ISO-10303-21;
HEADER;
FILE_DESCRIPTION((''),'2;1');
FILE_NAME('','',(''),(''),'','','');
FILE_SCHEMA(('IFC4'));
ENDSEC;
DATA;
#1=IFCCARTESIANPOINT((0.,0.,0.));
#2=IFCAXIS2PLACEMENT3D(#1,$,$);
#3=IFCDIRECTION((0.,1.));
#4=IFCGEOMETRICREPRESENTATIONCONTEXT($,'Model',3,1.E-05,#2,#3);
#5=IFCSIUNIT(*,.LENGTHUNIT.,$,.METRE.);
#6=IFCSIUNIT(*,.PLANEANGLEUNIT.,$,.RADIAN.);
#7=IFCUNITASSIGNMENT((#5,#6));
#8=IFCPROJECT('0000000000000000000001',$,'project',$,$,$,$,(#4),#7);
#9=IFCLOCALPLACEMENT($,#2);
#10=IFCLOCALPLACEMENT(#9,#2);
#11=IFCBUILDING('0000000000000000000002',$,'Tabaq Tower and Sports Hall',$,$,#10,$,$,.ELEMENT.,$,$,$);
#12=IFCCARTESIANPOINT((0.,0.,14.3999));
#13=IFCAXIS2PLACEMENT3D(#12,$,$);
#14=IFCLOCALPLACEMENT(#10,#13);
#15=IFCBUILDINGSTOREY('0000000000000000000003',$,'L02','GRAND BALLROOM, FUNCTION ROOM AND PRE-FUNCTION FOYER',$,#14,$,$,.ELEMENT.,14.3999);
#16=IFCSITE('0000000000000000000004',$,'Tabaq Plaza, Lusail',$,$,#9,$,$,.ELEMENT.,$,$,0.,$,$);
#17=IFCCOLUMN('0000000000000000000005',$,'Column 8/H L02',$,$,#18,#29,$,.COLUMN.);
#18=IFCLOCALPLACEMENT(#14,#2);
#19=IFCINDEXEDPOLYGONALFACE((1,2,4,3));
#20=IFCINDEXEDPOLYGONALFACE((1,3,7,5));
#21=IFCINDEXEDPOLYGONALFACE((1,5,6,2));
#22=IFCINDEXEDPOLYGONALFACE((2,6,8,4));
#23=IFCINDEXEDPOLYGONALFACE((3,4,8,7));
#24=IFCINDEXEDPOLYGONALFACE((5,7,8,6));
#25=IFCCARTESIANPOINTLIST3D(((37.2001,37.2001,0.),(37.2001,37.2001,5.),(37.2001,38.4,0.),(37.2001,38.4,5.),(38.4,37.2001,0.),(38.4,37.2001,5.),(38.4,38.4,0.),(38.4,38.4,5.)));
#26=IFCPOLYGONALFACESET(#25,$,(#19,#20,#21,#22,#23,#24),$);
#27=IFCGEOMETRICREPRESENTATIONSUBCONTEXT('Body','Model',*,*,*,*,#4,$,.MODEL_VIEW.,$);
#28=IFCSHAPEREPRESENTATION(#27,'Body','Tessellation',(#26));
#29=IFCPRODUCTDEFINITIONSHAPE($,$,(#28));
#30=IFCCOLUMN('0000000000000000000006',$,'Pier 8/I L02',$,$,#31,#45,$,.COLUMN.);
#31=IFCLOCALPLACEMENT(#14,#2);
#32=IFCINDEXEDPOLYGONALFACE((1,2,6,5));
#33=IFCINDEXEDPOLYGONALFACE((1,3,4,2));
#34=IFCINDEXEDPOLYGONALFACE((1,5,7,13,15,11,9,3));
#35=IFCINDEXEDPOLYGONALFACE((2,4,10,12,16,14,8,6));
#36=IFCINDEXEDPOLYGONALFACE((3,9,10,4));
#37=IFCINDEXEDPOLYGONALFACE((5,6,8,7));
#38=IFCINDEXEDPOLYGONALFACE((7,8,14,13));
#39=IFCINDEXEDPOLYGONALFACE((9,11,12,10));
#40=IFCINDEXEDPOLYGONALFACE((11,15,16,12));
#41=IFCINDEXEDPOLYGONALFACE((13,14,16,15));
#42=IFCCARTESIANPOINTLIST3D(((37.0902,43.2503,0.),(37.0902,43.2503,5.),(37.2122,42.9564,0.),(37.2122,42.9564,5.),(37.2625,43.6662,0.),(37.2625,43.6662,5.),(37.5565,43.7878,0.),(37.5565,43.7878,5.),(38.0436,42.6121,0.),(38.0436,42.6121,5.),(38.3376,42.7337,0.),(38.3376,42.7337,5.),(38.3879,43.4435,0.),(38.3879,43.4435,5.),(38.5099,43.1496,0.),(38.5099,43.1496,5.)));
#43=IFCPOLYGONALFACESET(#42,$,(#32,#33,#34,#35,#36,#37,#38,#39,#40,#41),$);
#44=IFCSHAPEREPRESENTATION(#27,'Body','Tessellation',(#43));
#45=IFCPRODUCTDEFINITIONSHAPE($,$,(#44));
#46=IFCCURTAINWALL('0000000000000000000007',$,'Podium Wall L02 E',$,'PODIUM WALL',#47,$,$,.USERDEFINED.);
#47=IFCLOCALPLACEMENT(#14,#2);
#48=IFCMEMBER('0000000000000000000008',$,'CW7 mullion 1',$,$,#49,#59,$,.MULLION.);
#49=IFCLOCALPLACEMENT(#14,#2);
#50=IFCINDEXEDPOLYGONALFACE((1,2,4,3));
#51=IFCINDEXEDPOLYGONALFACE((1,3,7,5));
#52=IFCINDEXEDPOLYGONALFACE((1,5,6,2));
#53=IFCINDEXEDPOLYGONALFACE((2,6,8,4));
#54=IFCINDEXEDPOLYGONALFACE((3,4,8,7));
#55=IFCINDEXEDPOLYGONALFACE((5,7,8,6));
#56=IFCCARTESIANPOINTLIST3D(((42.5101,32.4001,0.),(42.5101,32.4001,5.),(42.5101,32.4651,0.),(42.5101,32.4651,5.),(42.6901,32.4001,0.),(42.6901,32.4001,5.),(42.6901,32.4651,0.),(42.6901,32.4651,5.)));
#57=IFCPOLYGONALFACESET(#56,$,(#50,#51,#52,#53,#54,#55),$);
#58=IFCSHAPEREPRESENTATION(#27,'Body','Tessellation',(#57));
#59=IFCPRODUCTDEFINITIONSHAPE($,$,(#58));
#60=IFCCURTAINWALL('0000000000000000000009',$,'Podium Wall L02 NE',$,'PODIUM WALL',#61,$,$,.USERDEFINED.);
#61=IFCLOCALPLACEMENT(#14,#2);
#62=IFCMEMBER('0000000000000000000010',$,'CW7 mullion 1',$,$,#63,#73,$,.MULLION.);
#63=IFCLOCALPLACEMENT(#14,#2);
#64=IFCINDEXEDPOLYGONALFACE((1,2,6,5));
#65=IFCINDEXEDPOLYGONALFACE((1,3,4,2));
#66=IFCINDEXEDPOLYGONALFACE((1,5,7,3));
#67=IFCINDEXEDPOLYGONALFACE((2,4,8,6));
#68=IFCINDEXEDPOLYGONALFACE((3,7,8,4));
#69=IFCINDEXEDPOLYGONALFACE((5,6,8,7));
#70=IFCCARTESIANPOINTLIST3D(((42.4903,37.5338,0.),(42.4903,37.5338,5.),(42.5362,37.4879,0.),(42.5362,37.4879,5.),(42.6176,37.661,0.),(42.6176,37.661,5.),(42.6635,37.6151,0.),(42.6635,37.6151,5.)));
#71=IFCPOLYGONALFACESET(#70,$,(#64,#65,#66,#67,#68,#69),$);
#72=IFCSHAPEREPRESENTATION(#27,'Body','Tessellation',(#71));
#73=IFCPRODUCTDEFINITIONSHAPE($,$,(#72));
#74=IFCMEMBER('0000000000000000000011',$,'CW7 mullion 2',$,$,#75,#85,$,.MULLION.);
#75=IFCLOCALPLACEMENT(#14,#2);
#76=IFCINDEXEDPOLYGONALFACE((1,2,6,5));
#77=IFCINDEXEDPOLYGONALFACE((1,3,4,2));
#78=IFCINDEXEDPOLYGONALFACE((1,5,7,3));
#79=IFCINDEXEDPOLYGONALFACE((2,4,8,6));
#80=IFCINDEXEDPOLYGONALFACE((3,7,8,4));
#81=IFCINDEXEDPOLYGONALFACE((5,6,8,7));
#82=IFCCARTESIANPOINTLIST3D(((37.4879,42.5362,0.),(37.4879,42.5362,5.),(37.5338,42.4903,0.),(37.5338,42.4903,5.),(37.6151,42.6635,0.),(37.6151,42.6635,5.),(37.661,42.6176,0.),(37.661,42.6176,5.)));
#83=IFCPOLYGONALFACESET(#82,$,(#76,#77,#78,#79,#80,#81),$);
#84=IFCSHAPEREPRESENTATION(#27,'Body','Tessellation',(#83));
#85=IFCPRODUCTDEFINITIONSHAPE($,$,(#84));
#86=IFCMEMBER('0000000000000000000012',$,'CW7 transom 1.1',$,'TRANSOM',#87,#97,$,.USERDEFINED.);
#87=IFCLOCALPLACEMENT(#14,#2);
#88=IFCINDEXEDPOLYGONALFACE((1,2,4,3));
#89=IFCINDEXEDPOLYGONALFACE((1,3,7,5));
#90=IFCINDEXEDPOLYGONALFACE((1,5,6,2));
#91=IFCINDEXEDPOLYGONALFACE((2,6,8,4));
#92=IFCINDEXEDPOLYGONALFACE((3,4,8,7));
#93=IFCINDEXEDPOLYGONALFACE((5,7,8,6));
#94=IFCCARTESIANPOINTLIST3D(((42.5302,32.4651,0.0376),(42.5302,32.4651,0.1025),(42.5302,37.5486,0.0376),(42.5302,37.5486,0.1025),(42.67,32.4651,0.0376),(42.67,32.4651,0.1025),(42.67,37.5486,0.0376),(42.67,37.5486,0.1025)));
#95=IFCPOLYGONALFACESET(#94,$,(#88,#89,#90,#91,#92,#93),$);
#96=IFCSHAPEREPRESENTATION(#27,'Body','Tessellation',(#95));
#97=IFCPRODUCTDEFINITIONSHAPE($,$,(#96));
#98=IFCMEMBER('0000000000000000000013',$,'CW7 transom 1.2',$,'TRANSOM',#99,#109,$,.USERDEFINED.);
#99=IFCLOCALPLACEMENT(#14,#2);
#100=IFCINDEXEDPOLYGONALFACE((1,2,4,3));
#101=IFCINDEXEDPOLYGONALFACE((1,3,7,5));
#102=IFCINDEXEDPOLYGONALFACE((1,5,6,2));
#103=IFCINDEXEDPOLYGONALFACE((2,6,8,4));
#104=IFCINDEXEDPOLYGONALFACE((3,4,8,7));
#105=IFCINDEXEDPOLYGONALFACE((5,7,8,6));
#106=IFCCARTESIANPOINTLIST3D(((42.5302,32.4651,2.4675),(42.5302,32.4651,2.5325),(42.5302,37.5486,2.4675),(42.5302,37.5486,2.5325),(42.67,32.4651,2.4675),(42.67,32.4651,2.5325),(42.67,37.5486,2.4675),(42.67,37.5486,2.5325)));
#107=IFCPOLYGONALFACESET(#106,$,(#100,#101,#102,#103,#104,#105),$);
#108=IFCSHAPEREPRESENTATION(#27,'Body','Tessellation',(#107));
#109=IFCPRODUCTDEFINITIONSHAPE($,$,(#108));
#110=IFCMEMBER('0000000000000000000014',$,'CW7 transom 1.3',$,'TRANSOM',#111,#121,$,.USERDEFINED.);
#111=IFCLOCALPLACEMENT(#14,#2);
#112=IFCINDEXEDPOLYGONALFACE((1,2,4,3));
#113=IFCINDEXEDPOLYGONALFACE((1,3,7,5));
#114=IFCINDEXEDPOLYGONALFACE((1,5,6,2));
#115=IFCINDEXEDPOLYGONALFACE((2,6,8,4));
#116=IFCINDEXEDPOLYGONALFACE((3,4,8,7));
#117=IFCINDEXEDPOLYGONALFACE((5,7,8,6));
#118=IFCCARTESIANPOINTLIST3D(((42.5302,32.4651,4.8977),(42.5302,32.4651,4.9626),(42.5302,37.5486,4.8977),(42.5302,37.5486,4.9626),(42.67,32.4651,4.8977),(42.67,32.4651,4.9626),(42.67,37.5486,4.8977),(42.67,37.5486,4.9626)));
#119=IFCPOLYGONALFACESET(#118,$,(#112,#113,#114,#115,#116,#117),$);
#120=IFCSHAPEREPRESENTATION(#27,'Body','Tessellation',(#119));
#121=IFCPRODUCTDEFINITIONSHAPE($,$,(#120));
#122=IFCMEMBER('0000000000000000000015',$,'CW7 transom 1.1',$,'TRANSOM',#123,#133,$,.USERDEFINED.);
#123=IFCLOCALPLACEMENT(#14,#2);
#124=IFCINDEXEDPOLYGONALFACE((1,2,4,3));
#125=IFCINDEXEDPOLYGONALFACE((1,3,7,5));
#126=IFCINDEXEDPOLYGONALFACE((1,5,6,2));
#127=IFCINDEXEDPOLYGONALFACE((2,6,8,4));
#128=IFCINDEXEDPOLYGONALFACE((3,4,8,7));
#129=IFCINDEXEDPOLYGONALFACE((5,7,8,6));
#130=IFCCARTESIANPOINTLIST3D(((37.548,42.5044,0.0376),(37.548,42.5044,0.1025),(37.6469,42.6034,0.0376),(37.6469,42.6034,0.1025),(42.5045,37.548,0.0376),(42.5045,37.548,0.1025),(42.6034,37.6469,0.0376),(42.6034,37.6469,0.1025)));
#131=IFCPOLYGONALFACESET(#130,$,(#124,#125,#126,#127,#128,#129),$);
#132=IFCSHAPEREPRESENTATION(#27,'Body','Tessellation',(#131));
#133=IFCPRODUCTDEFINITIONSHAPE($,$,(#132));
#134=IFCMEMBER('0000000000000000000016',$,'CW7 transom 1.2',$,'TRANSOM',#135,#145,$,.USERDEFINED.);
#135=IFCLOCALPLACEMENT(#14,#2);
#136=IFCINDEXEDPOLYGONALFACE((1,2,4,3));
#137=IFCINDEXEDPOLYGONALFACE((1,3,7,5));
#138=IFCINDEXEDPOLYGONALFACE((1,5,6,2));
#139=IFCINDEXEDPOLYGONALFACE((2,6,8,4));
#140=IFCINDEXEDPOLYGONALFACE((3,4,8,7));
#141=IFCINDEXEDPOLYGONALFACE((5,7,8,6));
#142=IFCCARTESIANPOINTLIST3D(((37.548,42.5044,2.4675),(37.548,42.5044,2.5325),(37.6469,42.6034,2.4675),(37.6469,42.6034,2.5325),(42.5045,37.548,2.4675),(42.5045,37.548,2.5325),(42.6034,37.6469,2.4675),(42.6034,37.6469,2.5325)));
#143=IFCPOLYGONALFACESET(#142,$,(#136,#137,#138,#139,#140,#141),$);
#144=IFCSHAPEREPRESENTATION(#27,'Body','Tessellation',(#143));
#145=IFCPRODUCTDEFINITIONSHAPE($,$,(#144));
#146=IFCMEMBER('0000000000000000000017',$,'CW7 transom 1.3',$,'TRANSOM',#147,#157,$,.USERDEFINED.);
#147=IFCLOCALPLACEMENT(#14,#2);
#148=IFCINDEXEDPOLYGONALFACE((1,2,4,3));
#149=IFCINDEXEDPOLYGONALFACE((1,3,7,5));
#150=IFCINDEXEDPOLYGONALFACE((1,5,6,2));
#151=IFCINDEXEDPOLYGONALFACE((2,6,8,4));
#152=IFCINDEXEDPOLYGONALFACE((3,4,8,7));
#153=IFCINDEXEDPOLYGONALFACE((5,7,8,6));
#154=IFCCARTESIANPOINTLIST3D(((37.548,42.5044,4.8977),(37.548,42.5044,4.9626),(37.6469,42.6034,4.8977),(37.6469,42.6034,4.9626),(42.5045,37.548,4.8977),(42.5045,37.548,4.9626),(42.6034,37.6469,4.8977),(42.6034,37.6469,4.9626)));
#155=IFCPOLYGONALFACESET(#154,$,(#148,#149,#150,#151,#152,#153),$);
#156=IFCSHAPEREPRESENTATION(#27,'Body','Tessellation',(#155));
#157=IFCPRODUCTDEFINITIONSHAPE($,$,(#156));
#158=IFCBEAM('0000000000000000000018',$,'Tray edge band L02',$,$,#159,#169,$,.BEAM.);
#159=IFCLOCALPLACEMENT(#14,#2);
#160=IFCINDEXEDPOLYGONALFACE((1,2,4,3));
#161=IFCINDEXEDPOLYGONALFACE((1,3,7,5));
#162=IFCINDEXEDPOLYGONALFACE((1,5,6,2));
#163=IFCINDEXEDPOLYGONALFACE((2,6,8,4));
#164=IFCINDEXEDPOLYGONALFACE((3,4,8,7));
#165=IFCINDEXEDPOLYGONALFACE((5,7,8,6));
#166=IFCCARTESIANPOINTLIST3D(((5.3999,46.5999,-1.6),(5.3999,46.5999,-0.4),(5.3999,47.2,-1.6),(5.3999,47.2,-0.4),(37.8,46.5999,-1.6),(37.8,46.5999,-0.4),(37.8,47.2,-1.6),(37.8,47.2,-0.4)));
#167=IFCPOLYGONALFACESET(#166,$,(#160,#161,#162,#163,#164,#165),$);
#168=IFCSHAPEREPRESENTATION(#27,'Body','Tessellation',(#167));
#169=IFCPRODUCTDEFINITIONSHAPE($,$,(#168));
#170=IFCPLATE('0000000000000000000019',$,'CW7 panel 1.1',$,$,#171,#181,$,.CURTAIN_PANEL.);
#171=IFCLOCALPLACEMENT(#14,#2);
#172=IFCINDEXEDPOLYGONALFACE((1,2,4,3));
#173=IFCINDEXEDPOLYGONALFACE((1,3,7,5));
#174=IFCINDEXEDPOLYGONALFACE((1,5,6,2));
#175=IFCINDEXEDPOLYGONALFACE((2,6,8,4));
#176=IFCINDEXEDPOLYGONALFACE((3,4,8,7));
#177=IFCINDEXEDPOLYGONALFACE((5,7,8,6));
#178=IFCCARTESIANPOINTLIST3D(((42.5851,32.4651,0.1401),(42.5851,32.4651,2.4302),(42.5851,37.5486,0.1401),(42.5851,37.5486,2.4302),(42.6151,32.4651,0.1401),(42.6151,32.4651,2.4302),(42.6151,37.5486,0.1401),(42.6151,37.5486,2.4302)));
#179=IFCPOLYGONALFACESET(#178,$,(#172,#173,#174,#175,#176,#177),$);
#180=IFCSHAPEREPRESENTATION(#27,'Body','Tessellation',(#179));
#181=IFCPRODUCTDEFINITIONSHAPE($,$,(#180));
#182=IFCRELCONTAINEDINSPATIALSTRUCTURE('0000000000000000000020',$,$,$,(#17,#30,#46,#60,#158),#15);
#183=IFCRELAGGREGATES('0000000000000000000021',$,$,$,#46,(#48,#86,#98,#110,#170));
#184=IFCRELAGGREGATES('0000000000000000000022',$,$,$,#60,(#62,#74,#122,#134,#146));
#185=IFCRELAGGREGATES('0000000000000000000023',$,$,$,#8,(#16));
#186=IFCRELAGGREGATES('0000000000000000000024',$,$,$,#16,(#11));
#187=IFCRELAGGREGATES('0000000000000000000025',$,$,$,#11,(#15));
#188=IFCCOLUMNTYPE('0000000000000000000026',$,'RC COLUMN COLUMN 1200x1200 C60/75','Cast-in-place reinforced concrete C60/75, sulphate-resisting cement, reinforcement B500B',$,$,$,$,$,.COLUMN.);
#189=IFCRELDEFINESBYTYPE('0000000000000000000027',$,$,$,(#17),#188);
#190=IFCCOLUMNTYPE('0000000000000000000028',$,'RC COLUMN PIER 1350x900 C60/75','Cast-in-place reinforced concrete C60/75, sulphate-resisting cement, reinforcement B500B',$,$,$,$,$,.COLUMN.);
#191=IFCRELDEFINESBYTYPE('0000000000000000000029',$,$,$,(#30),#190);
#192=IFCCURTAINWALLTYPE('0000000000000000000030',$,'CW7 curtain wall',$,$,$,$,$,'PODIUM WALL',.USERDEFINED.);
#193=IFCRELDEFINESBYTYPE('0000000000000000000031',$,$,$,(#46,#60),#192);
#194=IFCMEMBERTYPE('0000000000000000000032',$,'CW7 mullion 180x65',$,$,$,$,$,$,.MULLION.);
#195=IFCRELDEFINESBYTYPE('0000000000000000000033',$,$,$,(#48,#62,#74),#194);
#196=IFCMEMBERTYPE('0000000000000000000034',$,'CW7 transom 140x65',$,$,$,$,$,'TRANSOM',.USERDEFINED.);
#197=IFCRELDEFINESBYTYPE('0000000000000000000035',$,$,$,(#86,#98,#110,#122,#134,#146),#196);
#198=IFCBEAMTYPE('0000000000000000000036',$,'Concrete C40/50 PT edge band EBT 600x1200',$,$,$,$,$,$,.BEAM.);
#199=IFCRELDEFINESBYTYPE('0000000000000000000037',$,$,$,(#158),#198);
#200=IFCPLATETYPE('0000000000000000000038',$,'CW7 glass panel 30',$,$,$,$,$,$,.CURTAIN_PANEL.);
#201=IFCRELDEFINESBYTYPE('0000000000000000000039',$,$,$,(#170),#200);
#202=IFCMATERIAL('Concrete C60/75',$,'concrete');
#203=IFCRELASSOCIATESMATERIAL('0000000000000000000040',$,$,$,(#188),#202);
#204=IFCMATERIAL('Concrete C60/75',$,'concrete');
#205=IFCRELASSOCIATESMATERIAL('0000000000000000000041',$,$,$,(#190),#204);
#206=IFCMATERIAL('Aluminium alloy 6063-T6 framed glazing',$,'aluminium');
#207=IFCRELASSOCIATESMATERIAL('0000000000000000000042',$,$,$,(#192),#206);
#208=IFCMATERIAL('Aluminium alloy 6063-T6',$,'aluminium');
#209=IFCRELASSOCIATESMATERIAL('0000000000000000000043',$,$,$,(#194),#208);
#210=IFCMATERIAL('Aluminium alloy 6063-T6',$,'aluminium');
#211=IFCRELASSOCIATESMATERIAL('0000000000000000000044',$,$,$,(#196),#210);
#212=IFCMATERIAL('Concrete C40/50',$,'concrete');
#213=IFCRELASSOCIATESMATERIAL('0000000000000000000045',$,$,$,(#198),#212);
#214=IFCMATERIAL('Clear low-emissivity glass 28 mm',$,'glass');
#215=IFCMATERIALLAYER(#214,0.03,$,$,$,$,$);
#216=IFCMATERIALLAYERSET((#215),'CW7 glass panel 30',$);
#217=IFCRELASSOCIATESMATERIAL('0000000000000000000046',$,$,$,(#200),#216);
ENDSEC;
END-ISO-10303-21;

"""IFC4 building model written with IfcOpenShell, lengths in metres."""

from ifc_helpers import new_model, si_unit, direction, frame, origin, origin_2d, place, context, subcontext, project, spatial, polyline, rectangle, outline, extrude, material, layer, layer_set, material_profile, profile_set, type_object, element, aggregate, save


model = new_model("IFC4")

# Units and contexts
model_context = context("Model", 3, precision=1e-05, world=origin(), true_north=direction((0.0, 1.0)))
body_context = subcontext(model_context, "Body", "Model", "MODEL_VIEW")
ifc_project = project(units=[si_unit("LENGTHUNIT", "METRE"), si_unit("PLANEANGLEUNIT", "RADIAN")], contexts=[model_context])

# Site, building, storey
site_placement = place(None, origin())
site = spatial("IfcSite", under=ifc_project, at=site_placement, Name="Tabaq Plaza, Lusail", CompositionType="ELEMENT", RefElevation=0.0)
building_placement = place(site_placement, origin())
building = spatial("IfcBuilding", under=site, at=building_placement, Name="Tabaq Tower and Sports Hall", CompositionType="ELEMENT")
storey_placement = place(building_placement, frame((0.0, 0.0, 14.3999)))
storey = spatial("IfcBuildingStorey", under=building, at=storey_placement, Name="L02", Description="GRAND BALLROOM, FUNCTION ROOM AND PRE-FUNCTION FOYER", CompositionType="ELEMENT", Elevation=14.3999)

# Columns
ifc_material_1 = material(Name="Concrete C60/75", Category="concrete")
ifc_material_profile_1 = material_profile(ifc_material_1, rectangle(XDim=1.2, YDim=1.2, at=origin_2d()), Name="COLUMN 1200x1200")
ifc_profile_set_1 = profile_set([ifc_material_profile_1], Name="Concrete C60/75")
column_type_1 = type_object("IfcColumnType", Name="RC COLUMN COLUMN 1200x1200 C60/75", Description="Cast-in-place reinforced concrete C60/75, sulphate-resisting cement, reinforcement B500B", PredefinedType="COLUMN", material=ifc_profile_set_1)
column_1_placement = place(storey_placement, frame((37.8, 37.8, 0.0), z_axis=(0.0, 0.0, 1.0), x_axis=(1.0, 0.0, 0.0)))
element("IfcColumn", 1, at=column_1_placement, inside=storey, type_object=column_type_1, Name="Column 8/H L02", PredefinedType="COLUMN", context=body_context, shape_type="SweptSolid", body=[
    extrude(rectangle(XDim=1.2, YDim=1.2, at=origin_2d()), origin(), (0.0, 0.0, 1.0), 5.0),
])
ifc_material_2 = material(Name="Concrete C60/75", Category="concrete")
ifc_material_profile_2 = material_profile(ifc_material_2, outline(polyline([(-0.45, -0.45), (0.45, -0.45), (0.675, -0.2251), (0.675, 0.2251), (0.45, 0.45), (-0.45, 0.45), (-0.675, 0.2251), (-0.675, -0.2251), (-0.45, -0.45)])), Name="PIER 1350x900")
ifc_profile_set_2 = profile_set([ifc_material_profile_2], Name="Concrete C60/75")
column_type_2 = type_object("IfcColumnType", Name="RC COLUMN PIER 1350x900 C60/75", Description="Cast-in-place reinforced concrete C60/75, sulphate-resisting cement, reinforcement B500B", PredefinedType="COLUMN", material=ifc_profile_set_2)
column_2_placement = place(storey_placement, frame((37.8, 43.2, 0.0), z_axis=(0.0, 0.0, 1.0), x_axis=(-0.92388, 0.382683, 0.0)))
element("IfcColumn", 2, at=column_2_placement, inside=storey, type_object=column_type_2, Name="Pier 8/I L02", PredefinedType="COLUMN", context=body_context, shape_type="SweptSolid", body=[
    extrude(outline(polyline([(-0.45, -0.45), (0.45, -0.45), (0.675, -0.2251), (0.675, 0.2251), (0.45, 0.45), (-0.45, 0.45), (-0.675, 0.2251), (-0.675, -0.2251), (-0.45, -0.45)])), origin(), (0.0, 0.0, 1.0), 5.0),
])

# Curtain wall, member
ifc_material_3 = material(Name="Aluminium alloy 6063-T6 framed glazing", Category="aluminium")
curtain_wall_type = type_object("IfcCurtainWallType", Name="CW7 curtain wall", ElementType="PODIUM WALL", PredefinedType="USERDEFINED", material=ifc_material_3)
curtain_wall_1_placement = place(storey_placement, origin())
curtain_wall_1 = element("IfcCurtainWall", 3, at=curtain_wall_1_placement, inside=storey, type_object=curtain_wall_type, Name="Podium Wall L02 E", ObjectType="PODIUM WALL", PredefinedType="USERDEFINED")
ifc_material_4 = material(Name="Aluminium alloy 6063-T6", Category="aluminium")
ifc_material_profile_3 = material_profile(ifc_material_4, rectangle(XDim=0.1799, YDim=0.0649, at=origin_2d()), Name="MULLION 180x65")
ifc_profile_set_3 = profile_set([ifc_material_profile_3], Name="Aluminium alloy 6063-T6")
member_type_1 = type_object("IfcMemberType", Name="CW7 mullion 180x65", PredefinedType="MULLION", material=ifc_profile_set_3)
member_1_placement = place(storey_placement, frame((42.6001, 32.4326, 0.0), z_axis=(0.0, 0.0, 1.0), x_axis=(-1.0, 0.0, 0.0)))
member_1 = element("IfcMember", 4, at=member_1_placement, type_object=member_type_1, Name="CW7 mullion 1", PredefinedType="MULLION", context=body_context, shape_type="SweptSolid", body=[
    extrude(rectangle(XDim=0.1799, YDim=0.0649, at=origin_2d()), origin(), (0.0, 0.0, 1.0), 5.0),
])

# Curtain wall, members
curtain_wall_2_placement = place(storey_placement, origin())
curtain_wall_2 = element("IfcCurtainWall", 5, at=curtain_wall_2_placement, inside=storey, type_object=curtain_wall_type, Name="Podium Wall L02 NE", ObjectType="PODIUM WALL", PredefinedType="USERDEFINED")
member_2_placement = place(storey_placement, frame((42.5769, 37.5745, 0.0), z_axis=(0.0, 0.0, 1.0), x_axis=(-0.707107, -0.707107, 0.0)))
member_2 = element("IfcMember", 6, at=member_2_placement, type_object=member_type_1, Name="CW7 mullion 1", PredefinedType="MULLION", context=body_context, shape_type="SweptSolid", body=[
    extrude(rectangle(XDim=0.1799, YDim=0.0649, at=origin_2d()), origin(), (0.0, 0.0, 1.0), 5.0),
])
member_3_placement = place(storey_placement, frame((37.5745, 42.5769, 0.0), z_axis=(0.0, 0.0, 1.0), x_axis=(-0.707107, -0.707107, 0.0)))
member_3 = element("IfcMember", 7, at=member_3_placement, type_object=member_type_1, Name="CW7 mullion 2", PredefinedType="MULLION", context=body_context, shape_type="SweptSolid", body=[
    extrude(rectangle(XDim=0.1799, YDim=0.0649, at=origin_2d()), origin(), (0.0, 0.0, 1.0), 5.0),
])

# Members
ifc_material_5 = material(Name="Aluminium alloy 6063-T6", Category="aluminium")
ifc_material_profile_4 = material_profile(ifc_material_5, rectangle(XDim=0.1399, YDim=0.0649, at=origin_2d()), Name="TRANSOM 140x65")
ifc_profile_set_4 = profile_set([ifc_material_profile_4], Name="Aluminium alloy 6063-T6")
member_type_2 = type_object("IfcMemberType", Name="CW7 transom 140x65", ElementType="TRANSOM", PredefinedType="USERDEFINED", material=ifc_profile_set_4)
member_4_placement = place(storey_placement, frame((42.6001, 32.4651, 0.0701), z_axis=(0.0, 1.0, 0.0), x_axis=(-1.0, 0.0, 0.0)))
member_4 = element("IfcMember", 8, at=member_4_placement, type_object=member_type_2, Name="CW7 transom 1.1", ObjectType="TRANSOM", PredefinedType="USERDEFINED", context=body_context, shape_type="SweptSolid", body=[
    extrude(rectangle(XDim=0.1399, YDim=0.0649, at=origin_2d()), origin(), (0.0, 0.0, 1.0), 5.0835),
])
member_5_placement = place(storey_placement, frame((42.6001, 32.4651, 2.5), z_axis=(0.0, 1.0, 0.0), x_axis=(-1.0, 0.0, 0.0)))
member_5 = element("IfcMember", 9, at=member_5_placement, type_object=member_type_2, Name="CW7 transom 1.2", ObjectType="TRANSOM", PredefinedType="USERDEFINED", context=body_context, shape_type="SweptSolid", body=[
    extrude(rectangle(XDim=0.1399, YDim=0.0649, at=origin_2d()), origin(), (0.0, 0.0, 1.0), 5.0835),
])
member_6_placement = place(storey_placement, frame((42.6001, 32.4651, 4.9302), z_axis=(0.0, 1.0, 0.0), x_axis=(-1.0, 0.0, 0.0)))
member_6 = element("IfcMember", 10, at=member_6_placement, type_object=member_type_2, Name="CW7 transom 1.3", ObjectType="TRANSOM", PredefinedType="USERDEFINED", context=body_context, shape_type="SweptSolid", body=[
    extrude(rectangle(XDim=0.1399, YDim=0.0649, at=origin_2d()), origin(), (0.0, 0.0, 1.0), 5.0835),
])
member_7_placement = place(storey_placement, frame((42.554, 37.5974, 0.0701), z_axis=(-0.707107, 0.707107, 0.0), x_axis=(-0.707107, -0.707107, 0.0)))
member_7 = element("IfcMember", 11, at=member_7_placement, type_object=member_type_2, Name="CW7 transom 1.1", ObjectType="TRANSOM", PredefinedType="USERDEFINED", context=body_context, shape_type="SweptSolid", body=[
    extrude(rectangle(XDim=0.1399, YDim=0.0649, at=origin_2d()), origin(), (0.0, 0.0, 1.0), 7.0095),
])
member_8_placement = place(storey_placement, frame((42.554, 37.5974, 2.5), z_axis=(-0.707107, 0.707107, 0.0), x_axis=(-0.707107, -0.707107, 0.0)))
member_8 = element("IfcMember", 12, at=member_8_placement, type_object=member_type_2, Name="CW7 transom 1.2", ObjectType="TRANSOM", PredefinedType="USERDEFINED", context=body_context, shape_type="SweptSolid", body=[
    extrude(rectangle(XDim=0.1399, YDim=0.0649, at=origin_2d()), origin(), (0.0, 0.0, 1.0), 7.0095),
])
member_9_placement = place(storey_placement, frame((42.554, 37.5974, 4.9302), z_axis=(-0.707107, 0.707107, 0.0), x_axis=(-0.707107, -0.707107, 0.0)))
member_9 = element("IfcMember", 13, at=member_9_placement, type_object=member_type_2, Name="CW7 transom 1.3", ObjectType="TRANSOM", PredefinedType="USERDEFINED", context=body_context, shape_type="SweptSolid", body=[
    extrude(rectangle(XDim=0.1399, YDim=0.0649, at=origin_2d()), origin(), (0.0, 0.0, 1.0), 7.0095),
])

# Beam
ifc_material_6 = material(Name="Concrete C40/50", Category="concrete")
ifc_material_profile_5 = material_profile(ifc_material_6, rectangle(XDim=0.6001, YDim=1.2, at=origin_2d()), Name="EBT 600x1200")
ifc_profile_set_5 = profile_set([ifc_material_profile_5], Name="Concrete C40/50")
beam_type = type_object("IfcBeamType", Name="Concrete C40/50 PT edge band EBT 600x1200", PredefinedType="BEAM", material=ifc_profile_set_5)
beam_placement = place(storey_placement, frame((37.8, 46.8999, -1.0), z_axis=(-1.0, 0.0, 0.0), x_axis=(0.0, -1.0, 0.0)))
element("IfcBeam", 14, at=beam_placement, inside=storey, type_object=beam_type, Name="Tray edge band L02", PredefinedType="BEAM", context=body_context, shape_type="SweptSolid", body=[
    extrude(rectangle(XDim=0.6001, YDim=1.2, at=origin_2d()), origin(), (0.0, 0.0, 1.0), 32.4001),
])

# Plate
ifc_material_7 = material(Name="Clear low-emissivity glass 28 mm", Category="glass")
ifc_layer_1 = layer(ifc_material_7, 0.03)
ifc_layer_set_1 = layer_set([ifc_layer_1], Name="CW7 glass panel 30")
plate_type = type_object("IfcPlateType", Name="CW7 glass panel 30", PredefinedType="CURTAIN_PANEL", material=ifc_layer_set_1)
plate_1_placement = place(storey_placement, frame((42.6001, 35.0068, 0.1401), z_axis=(0.0, 0.0, 1.0), x_axis=(0.0, 1.0, 0.0)))
plate_1 = element("IfcPlate", 15, at=plate_1_placement, type_object=plate_type, Name="CW7 panel 1.1", PredefinedType="CURTAIN_PANEL", context=body_context, shape_type="SweptSolid", body=[
    extrude(rectangle(XDim=5.0835, YDim=0.03, at=origin_2d()), origin(), (0.0, 0.0, 1.0), 2.29),
])
aggregate(curtain_wall_1, [member_1, member_4, member_5, member_6, plate_1])
aggregate(curtain_wall_2, [member_2, member_3, member_7, member_8, member_9])

save(model, "model.ifc")
